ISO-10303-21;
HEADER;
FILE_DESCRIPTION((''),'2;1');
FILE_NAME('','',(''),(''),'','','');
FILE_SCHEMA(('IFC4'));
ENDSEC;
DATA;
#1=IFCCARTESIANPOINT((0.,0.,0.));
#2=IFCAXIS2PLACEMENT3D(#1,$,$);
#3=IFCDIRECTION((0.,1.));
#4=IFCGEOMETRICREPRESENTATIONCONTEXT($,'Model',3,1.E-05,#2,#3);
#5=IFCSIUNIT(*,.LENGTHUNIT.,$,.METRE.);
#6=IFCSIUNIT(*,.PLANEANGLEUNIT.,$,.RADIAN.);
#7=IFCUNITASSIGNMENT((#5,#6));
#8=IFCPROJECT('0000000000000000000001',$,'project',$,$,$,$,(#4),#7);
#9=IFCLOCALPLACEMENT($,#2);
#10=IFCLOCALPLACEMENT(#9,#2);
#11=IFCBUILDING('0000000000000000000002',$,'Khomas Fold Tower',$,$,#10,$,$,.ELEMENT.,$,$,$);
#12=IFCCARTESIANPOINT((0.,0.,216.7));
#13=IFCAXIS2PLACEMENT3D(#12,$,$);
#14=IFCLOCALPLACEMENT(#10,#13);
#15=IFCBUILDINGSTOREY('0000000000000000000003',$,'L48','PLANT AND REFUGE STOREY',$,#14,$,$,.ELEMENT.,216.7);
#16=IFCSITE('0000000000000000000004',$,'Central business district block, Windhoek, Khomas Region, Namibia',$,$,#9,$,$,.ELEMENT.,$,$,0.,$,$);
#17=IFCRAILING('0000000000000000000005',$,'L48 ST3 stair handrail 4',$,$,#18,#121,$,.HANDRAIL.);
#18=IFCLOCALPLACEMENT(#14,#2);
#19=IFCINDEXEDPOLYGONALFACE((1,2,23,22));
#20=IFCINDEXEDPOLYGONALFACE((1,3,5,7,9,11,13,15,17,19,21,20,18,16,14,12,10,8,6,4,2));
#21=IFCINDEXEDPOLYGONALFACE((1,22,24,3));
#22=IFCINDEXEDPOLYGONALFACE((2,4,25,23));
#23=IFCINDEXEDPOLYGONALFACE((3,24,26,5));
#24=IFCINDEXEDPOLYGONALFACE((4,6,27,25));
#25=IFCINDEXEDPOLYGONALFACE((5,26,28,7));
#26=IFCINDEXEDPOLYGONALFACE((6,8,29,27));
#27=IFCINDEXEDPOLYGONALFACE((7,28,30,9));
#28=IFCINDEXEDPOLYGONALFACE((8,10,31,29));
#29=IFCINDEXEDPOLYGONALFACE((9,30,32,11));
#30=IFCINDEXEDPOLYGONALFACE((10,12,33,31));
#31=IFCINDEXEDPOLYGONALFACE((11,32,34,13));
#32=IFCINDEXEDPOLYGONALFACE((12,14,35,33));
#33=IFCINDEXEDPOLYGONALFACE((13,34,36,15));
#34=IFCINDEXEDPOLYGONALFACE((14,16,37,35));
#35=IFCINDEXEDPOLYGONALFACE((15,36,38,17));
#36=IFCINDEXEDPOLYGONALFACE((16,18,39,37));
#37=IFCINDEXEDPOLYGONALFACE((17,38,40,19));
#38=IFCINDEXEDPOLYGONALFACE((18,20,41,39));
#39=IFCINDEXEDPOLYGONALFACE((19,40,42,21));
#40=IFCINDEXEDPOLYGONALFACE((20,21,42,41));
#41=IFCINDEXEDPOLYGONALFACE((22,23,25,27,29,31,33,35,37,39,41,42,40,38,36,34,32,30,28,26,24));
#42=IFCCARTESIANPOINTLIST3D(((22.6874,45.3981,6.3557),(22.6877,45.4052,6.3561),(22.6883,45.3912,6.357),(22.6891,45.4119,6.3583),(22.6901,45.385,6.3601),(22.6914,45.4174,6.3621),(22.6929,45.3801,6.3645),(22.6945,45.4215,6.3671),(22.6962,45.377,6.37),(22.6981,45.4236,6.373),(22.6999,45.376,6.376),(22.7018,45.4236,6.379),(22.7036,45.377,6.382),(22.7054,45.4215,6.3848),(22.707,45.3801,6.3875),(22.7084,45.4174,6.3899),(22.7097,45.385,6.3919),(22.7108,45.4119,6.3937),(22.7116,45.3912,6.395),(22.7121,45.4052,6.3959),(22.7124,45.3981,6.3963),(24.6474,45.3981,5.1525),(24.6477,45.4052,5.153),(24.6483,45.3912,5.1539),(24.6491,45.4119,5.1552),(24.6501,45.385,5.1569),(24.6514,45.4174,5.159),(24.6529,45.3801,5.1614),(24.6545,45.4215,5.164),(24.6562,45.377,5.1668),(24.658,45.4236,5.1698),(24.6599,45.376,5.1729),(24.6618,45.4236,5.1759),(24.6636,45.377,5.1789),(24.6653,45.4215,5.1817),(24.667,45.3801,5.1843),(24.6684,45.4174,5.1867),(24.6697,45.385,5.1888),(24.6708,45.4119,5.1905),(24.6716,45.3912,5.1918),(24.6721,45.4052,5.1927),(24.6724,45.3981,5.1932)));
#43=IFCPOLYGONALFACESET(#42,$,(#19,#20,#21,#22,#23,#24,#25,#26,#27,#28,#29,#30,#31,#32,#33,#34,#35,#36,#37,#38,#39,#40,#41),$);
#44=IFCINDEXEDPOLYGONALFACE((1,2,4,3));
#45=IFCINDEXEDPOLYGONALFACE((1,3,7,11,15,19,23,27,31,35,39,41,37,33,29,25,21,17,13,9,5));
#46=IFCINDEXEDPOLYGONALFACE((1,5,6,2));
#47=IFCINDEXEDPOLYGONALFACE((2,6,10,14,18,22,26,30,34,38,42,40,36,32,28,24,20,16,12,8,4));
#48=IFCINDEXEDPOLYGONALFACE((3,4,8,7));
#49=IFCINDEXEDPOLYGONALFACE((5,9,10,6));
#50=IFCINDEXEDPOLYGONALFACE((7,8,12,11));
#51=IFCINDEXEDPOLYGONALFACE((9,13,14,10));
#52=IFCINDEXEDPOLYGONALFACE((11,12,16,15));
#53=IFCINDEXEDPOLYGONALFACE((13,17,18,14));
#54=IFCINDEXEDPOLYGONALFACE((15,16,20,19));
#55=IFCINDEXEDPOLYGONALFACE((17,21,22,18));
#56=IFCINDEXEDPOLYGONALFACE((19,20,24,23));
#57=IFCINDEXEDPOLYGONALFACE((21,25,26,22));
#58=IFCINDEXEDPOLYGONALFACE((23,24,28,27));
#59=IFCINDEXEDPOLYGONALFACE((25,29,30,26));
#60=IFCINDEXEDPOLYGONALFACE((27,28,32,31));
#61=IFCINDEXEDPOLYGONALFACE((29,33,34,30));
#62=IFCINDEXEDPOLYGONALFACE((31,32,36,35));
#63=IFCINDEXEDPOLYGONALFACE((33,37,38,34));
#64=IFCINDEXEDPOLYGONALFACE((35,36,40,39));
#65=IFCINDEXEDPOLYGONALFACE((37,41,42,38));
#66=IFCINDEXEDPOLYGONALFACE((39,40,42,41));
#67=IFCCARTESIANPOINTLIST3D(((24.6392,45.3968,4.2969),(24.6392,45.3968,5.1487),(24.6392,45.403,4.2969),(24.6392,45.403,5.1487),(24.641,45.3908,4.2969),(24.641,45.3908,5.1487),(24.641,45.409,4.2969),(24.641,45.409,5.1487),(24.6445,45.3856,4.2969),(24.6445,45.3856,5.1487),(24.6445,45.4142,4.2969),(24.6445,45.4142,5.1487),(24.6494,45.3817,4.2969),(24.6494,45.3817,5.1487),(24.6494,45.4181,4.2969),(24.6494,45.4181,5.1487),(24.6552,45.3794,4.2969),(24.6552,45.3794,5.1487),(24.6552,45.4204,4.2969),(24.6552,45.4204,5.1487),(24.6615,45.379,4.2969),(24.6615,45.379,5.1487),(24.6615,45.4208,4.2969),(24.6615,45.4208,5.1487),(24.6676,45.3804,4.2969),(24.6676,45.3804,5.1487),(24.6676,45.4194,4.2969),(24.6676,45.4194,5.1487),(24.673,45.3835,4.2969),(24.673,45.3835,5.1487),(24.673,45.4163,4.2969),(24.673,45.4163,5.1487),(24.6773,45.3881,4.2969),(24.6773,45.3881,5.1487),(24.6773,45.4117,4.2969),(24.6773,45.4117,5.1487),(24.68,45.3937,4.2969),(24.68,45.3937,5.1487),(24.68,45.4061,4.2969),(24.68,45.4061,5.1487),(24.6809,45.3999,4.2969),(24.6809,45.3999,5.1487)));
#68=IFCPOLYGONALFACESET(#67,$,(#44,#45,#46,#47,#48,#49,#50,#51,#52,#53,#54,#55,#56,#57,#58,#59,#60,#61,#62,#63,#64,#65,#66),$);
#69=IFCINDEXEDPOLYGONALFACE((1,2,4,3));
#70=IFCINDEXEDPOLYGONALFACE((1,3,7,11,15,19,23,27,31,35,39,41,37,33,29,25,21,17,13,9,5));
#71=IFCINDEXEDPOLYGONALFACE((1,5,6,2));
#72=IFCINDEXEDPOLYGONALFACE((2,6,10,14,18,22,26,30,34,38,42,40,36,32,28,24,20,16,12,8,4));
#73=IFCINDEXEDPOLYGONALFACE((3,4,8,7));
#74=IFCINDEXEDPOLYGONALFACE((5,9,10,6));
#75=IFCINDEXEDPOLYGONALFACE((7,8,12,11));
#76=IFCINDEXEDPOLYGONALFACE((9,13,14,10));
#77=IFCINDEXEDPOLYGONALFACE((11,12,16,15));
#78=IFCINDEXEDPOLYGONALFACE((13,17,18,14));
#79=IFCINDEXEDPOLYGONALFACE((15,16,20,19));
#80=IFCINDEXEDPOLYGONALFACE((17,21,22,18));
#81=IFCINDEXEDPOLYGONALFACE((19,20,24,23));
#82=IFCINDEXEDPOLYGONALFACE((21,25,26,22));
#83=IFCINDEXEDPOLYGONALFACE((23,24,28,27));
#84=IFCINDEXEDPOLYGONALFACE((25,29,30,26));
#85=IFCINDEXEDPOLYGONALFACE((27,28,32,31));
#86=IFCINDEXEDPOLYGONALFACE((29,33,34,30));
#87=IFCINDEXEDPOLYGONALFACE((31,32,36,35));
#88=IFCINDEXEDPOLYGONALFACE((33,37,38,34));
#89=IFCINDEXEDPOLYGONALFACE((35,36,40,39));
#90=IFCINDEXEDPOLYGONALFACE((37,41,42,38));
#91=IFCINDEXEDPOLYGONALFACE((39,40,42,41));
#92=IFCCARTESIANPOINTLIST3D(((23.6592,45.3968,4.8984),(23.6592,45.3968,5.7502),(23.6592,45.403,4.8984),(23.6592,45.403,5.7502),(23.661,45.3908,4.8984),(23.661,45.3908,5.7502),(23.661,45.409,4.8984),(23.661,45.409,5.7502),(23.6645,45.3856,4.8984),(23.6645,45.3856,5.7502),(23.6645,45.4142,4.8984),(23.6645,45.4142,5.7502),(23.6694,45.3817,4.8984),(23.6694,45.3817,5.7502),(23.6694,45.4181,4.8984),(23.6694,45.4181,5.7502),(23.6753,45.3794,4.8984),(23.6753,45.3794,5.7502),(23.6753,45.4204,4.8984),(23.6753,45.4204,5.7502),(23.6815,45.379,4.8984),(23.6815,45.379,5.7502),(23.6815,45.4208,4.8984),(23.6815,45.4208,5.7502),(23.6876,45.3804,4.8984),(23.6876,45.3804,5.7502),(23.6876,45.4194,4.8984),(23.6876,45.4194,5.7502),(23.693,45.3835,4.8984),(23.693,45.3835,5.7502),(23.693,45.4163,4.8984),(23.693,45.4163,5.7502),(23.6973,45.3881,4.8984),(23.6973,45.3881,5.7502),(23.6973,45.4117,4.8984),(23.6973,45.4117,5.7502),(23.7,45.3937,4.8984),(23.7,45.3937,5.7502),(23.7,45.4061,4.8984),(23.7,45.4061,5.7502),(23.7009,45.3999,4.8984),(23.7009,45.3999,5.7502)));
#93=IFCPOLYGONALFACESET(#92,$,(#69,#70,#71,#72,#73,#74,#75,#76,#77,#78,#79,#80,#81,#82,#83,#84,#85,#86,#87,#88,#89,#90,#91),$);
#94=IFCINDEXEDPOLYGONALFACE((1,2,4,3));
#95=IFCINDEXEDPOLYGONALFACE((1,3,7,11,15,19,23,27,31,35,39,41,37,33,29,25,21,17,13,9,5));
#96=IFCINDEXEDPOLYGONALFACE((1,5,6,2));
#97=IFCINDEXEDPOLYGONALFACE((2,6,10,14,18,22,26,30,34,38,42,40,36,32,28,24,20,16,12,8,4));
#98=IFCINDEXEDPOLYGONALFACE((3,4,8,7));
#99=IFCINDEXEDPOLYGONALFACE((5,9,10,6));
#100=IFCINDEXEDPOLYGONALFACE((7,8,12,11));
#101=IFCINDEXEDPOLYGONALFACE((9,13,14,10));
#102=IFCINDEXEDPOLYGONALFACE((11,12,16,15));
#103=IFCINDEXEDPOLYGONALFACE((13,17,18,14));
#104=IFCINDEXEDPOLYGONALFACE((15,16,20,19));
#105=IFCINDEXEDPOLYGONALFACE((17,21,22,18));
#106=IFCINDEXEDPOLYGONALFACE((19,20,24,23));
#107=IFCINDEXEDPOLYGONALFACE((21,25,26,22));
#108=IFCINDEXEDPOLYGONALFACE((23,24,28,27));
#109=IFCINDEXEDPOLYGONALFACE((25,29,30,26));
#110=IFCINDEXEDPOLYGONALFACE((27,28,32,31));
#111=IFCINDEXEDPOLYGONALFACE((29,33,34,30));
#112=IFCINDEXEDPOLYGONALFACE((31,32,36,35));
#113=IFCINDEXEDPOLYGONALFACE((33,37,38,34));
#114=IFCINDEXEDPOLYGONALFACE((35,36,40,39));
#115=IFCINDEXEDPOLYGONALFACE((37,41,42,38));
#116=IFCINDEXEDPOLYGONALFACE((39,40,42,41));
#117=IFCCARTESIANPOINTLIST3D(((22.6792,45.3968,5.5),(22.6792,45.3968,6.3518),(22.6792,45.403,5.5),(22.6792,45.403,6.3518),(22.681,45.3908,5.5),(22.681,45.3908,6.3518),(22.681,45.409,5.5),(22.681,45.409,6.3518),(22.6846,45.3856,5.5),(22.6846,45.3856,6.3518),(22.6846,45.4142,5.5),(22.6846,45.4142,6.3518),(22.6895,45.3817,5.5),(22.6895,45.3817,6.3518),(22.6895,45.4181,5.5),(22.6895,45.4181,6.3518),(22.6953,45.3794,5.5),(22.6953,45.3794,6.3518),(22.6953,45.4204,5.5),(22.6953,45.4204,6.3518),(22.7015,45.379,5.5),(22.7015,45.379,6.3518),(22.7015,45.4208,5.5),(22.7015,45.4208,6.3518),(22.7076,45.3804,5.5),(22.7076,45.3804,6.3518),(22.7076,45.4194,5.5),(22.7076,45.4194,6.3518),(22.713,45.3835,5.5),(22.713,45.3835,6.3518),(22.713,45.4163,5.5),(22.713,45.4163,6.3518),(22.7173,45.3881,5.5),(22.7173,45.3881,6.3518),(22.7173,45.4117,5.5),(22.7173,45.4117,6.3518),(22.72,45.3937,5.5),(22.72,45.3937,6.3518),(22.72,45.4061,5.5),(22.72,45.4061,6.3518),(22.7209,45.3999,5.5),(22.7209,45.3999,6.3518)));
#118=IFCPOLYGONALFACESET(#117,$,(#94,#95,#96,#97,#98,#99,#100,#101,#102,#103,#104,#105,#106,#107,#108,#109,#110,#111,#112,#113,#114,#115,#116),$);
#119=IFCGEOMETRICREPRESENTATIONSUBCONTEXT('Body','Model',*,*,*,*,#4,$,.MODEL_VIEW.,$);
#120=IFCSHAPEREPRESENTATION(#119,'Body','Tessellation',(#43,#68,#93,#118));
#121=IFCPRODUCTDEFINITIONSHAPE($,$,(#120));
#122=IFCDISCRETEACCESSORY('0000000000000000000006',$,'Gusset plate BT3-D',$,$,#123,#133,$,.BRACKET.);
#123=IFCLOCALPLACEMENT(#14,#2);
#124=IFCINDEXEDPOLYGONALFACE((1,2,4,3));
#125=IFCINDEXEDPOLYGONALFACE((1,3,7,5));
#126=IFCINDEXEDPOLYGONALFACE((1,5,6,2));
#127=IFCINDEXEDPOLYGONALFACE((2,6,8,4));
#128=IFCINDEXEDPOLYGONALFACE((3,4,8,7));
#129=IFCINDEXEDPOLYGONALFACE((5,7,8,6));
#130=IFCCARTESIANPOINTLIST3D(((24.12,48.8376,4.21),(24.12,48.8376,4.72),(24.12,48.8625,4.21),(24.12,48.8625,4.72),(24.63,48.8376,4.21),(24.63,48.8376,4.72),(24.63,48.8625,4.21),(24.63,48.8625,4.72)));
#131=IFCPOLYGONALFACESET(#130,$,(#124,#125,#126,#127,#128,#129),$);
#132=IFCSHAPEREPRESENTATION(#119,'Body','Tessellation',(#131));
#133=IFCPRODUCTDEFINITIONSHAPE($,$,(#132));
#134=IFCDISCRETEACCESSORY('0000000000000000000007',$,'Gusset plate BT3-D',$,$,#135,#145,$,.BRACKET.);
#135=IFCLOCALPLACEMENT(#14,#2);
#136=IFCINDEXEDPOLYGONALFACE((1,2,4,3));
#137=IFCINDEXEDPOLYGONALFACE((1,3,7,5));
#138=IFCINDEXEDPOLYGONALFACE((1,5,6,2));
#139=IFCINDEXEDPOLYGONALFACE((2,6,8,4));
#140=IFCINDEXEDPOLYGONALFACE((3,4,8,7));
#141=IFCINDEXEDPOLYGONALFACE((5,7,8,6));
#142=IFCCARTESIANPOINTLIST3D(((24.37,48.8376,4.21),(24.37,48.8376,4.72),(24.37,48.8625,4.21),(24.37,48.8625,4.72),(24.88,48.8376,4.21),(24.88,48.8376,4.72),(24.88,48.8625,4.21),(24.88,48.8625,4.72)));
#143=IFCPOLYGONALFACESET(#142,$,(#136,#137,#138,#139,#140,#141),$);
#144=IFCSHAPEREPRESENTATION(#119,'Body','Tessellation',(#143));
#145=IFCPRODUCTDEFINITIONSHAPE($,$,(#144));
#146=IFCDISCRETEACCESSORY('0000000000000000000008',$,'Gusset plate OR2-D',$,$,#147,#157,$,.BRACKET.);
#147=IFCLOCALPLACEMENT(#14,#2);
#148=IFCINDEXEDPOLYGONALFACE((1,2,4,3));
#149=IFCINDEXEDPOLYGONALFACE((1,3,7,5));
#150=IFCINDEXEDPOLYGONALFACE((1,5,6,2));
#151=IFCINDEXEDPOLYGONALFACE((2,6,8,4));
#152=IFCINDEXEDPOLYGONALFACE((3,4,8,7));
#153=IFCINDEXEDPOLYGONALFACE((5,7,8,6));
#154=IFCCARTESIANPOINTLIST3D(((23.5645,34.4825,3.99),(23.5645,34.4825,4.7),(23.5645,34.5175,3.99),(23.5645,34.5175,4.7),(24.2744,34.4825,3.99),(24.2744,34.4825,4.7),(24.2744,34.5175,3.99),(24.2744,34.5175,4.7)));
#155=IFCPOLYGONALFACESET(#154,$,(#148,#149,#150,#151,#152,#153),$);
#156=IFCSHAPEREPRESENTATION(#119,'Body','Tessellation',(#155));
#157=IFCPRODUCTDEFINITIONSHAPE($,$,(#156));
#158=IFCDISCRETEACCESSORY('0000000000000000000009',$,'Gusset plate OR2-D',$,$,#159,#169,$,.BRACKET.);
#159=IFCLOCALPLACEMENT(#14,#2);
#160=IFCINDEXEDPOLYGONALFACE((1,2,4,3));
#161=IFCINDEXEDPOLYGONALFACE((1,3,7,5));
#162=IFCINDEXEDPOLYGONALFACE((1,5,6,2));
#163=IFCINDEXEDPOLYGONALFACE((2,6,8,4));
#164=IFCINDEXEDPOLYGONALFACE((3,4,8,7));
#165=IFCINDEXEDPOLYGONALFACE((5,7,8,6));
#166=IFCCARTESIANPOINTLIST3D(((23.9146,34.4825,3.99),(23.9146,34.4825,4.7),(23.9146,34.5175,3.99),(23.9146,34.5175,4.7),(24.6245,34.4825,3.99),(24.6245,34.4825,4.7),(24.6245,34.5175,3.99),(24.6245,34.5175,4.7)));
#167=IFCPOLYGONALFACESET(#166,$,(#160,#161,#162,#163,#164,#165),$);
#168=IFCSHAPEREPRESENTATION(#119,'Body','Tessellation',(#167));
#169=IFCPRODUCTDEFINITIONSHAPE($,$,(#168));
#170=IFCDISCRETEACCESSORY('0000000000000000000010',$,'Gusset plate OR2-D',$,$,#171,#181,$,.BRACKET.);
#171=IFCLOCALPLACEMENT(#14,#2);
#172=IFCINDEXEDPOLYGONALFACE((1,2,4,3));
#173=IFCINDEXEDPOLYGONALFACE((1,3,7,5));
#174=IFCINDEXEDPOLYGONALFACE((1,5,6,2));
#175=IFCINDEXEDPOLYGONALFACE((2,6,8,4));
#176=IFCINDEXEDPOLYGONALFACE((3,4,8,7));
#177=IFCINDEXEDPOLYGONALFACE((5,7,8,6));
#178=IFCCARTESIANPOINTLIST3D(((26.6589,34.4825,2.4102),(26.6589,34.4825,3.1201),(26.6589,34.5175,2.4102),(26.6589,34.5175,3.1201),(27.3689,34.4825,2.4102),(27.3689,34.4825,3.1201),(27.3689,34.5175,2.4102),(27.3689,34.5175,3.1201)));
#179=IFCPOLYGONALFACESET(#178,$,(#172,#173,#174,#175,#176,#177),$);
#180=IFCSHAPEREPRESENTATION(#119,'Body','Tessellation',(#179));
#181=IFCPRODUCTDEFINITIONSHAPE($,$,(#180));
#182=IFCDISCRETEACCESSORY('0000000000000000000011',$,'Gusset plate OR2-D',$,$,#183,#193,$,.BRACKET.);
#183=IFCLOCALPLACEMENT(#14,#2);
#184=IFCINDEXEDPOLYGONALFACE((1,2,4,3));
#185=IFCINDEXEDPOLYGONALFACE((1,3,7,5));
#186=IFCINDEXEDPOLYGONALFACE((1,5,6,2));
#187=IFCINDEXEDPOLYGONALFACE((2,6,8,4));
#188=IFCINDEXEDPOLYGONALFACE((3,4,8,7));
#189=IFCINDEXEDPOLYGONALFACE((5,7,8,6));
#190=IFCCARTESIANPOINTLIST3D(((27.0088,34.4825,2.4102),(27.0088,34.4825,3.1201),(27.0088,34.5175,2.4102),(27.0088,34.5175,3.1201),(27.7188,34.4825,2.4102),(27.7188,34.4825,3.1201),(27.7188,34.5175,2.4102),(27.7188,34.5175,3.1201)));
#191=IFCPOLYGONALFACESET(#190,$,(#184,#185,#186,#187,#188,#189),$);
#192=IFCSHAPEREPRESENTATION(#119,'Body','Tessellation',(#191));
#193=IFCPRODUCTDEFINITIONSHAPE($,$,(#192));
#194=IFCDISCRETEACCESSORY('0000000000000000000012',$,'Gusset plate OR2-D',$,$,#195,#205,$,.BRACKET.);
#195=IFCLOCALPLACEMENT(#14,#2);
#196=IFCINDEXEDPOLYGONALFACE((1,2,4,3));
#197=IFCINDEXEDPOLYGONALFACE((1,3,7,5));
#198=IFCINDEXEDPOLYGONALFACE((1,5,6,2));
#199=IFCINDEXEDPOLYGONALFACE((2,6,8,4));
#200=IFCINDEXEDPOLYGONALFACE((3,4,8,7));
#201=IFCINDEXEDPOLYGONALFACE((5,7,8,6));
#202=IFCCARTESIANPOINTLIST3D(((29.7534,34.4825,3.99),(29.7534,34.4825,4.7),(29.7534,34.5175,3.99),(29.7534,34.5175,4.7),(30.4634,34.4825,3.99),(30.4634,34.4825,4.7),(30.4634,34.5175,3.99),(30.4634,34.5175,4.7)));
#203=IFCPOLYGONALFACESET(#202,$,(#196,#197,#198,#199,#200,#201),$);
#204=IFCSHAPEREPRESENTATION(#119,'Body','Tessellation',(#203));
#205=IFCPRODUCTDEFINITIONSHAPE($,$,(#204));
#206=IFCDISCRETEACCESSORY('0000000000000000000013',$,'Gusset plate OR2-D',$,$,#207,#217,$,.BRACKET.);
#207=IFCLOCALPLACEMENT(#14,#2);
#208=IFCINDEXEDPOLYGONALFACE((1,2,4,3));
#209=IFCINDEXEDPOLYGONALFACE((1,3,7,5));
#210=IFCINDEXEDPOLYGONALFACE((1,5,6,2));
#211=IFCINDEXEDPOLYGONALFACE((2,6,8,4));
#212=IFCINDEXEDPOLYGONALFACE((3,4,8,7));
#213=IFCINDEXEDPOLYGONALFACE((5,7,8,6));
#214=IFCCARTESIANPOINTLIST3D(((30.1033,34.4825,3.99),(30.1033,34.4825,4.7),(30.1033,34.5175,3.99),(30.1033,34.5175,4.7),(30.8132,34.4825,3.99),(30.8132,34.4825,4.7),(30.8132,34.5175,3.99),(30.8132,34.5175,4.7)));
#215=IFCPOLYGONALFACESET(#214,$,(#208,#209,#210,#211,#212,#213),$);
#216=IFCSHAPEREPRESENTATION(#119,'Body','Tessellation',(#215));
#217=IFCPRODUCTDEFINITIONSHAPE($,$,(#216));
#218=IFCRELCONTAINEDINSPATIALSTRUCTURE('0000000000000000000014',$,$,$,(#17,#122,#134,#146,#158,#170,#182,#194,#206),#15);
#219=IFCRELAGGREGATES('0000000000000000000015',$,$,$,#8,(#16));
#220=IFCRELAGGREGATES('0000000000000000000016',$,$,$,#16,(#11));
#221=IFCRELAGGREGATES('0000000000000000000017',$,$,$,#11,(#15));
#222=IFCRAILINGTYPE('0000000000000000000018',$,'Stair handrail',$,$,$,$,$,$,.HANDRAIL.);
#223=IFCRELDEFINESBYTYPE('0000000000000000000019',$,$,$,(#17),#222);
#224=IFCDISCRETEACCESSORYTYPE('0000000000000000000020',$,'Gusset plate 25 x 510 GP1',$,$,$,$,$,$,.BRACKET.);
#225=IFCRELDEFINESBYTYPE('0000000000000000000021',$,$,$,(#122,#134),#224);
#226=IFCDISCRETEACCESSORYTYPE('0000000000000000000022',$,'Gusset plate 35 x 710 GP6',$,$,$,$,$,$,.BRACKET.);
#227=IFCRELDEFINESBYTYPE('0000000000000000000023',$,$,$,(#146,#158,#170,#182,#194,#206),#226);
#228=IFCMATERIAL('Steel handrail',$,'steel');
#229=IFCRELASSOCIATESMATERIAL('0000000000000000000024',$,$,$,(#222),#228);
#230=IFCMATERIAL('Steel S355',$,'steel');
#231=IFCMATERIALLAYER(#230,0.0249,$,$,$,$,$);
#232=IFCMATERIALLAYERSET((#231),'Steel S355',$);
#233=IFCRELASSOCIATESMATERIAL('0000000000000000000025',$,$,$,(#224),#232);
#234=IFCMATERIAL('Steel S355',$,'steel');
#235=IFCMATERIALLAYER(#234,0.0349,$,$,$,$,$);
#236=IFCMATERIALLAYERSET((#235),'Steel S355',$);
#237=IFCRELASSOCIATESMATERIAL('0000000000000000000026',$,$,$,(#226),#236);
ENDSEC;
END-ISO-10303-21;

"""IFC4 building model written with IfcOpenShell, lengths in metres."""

from ifc_helpers import new_model, si_unit, direction, frame, origin, origin_2d, place, context, subcontext, project, spatial, rectangle, circle, extrude, source, transform, mapped, material, layer, layer_set, type_object, element, save


model = new_model("IFC4")

# Units and contexts
model_context = context("Model", 3, precision=1e-05, world=origin(), true_north=direction((0.0, 1.0)))
body_context = subcontext(model_context, "Body", "Model", "MODEL_VIEW")
ifc_project = project(units=[si_unit("LENGTHUNIT", "METRE"), si_unit("PLANEANGLEUNIT", "RADIAN")], contexts=[model_context])

# Site, building, storey
site_placement = place(None, origin())
site = spatial("IfcSite", under=ifc_project, at=site_placement, Name="Central business district block, Windhoek, Khomas Region, Namibia", CompositionType="ELEMENT", RefElevation=0.0)
building_placement = place(site_placement, origin())
building = spatial("IfcBuilding", under=site, at=building_placement, Name="Khomas Fold Tower", CompositionType="ELEMENT")
storey_placement = place(building_placement, frame((0.0, 0.0, 216.7)))
storey = spatial("IfcBuildingStorey", under=building, at=storey_placement, Name="L48", Description="PLANT AND REFUGE STOREY", CompositionType="ELEMENT", Elevation=216.7)

# Railing
ifc_material_1 = material(Name="Steel handrail", Category="steel")
railing_type_1 = type_object("IfcRailingType", Name="Stair handrail", PredefinedType="HANDRAIL", material=ifc_material_1)
shared_shape_1 = source(origin(), body_context, "Body", "SweptSolid", [
    extrude(circle(Radius=0.0239, at=origin_2d()), frame((0.0, 0.0, 0.876), z_axis=(-0.852241, 0.0, 0.523149), x_axis=(0.0, -1.0, 0.0)), (0.0, 0.0, 1.0), 2.2998),
    extrude(circle(Radius=0.021, at=origin_2d()), origin(), (0.0, 0.0, 1.0), 0.8518),
    extrude(circle(Radius=0.021, at=origin_2d()), frame((-0.98, 0.0, 0.6016)), (0.0, 0.0, 1.0), 0.8518),
    extrude(circle(Radius=0.021, at=origin_2d()), frame((-1.96, 0.0, 1.2031)), (0.0, 0.0, 1.0), 0.8518),
])
for number, where, name in (
    (1, (24.6599, 45.3999, 4.2969), "L48 ST3 stair handrail 4"),
):
    element("IfcRailing", number, at=place(storey_placement, frame(where)), inside=storey, type_object=railing_type_1, Name=name, PredefinedType="HANDRAIL", context=body_context, shape_type="MappedRepresentation", body=[
        mapped(shared_shape_1, transform((0.0, 0.0, 0.0))),
    ])

# Discrete accessories
ifc_material_2 = material(Name="Steel S355", Category="steel")
ifc_layer_1 = layer(ifc_material_2, 0.0249)
ifc_layer_set_1 = layer_set([ifc_layer_1], Name="Steel S355")
discrete_accessory_type_1 = type_object("IfcDiscreteAccessoryType", Name="Gusset plate 25 x 510 GP1", PredefinedType="BRACKET", material=ifc_layer_set_1)
shared_shape_2 = source(origin(), body_context, "Body", "SweptSolid", [
    extrude(rectangle(XDim=0.51, YDim=0.0249, at=origin_2d()), origin(), (0.0, 0.0, 1.0), 0.51),
])
for number, where, z_axis, x_axis, name in (
    (2, (24.375, 48.8501, 4.21), (0.0, 0.0, 1.0), (1.0, 0.0, 0.0), "Gusset plate BT3-D"),
    (3, (24.625, 48.8501, 4.21), (0.0, 0.0, 1.0), (1.0, 0.0, 0.0), "Gusset plate BT3-D"),
):
    element("IfcDiscreteAccessory", number, at=place(storey_placement, frame(where, z_axis=z_axis, x_axis=x_axis)), inside=storey, type_object=discrete_accessory_type_1, Name=name, PredefinedType="BRACKET", context=body_context, shape_type="MappedRepresentation", body=[
        mapped(shared_shape_2, transform((0.0, 0.0, 0.0))),
    ])
ifc_material_3 = material(Name="Steel S355", Category="steel")
ifc_layer_2 = layer(ifc_material_3, 0.0349)
ifc_layer_set_2 = layer_set([ifc_layer_2], Name="Steel S355")
discrete_accessory_type_2 = type_object("IfcDiscreteAccessoryType", Name="Gusset plate 35 x 710 GP6", PredefinedType="BRACKET", material=ifc_layer_set_2)
shared_shape_3 = source(origin(), body_context, "Body", "SweptSolid", [
    extrude(rectangle(XDim=0.71, YDim=0.0349, at=origin_2d()), origin(), (0.0, 0.0, 1.0), 0.71),
])
for number, where, z_axis, x_axis, name in (
    (4, (23.9194, 34.5, 3.99), (0.0, 0.0, 1.0), (1.0, 0.0, 0.0), "Gusset plate OR2-D"),
    (5, (24.2695, 34.5, 3.99), (0.0, 0.0, 1.0), (1.0, 0.0, 0.0), "Gusset plate OR2-D"),
    (6, (27.0139, 34.5, 2.4102), (0.0, 0.0, 1.0), (1.0, 0.0, 0.0), "Gusset plate OR2-D"),
    (7, (27.3638, 34.5, 2.4102), (0.0, 0.0, 1.0), (1.0, 0.0, 0.0), "Gusset plate OR2-D"),
    (8, (30.1084, 34.5, 3.99), (0.0, 0.0, 1.0), (1.0, 0.0, 0.0), "Gusset plate OR2-D"),
    (9, (30.4583, 34.5, 3.99), (0.0, 0.0, 1.0), (1.0, 0.0, 0.0), "Gusset plate OR2-D"),
):
    element("IfcDiscreteAccessory", number, at=place(storey_placement, frame(where, z_axis=z_axis, x_axis=x_axis)), inside=storey, type_object=discrete_accessory_type_2, Name=name, PredefinedType="BRACKET", context=body_context, shape_type="MappedRepresentation", body=[
        mapped(shared_shape_3, transform((0.0, 0.0, 0.0))),
    ])

save(model, "model.ifc")
